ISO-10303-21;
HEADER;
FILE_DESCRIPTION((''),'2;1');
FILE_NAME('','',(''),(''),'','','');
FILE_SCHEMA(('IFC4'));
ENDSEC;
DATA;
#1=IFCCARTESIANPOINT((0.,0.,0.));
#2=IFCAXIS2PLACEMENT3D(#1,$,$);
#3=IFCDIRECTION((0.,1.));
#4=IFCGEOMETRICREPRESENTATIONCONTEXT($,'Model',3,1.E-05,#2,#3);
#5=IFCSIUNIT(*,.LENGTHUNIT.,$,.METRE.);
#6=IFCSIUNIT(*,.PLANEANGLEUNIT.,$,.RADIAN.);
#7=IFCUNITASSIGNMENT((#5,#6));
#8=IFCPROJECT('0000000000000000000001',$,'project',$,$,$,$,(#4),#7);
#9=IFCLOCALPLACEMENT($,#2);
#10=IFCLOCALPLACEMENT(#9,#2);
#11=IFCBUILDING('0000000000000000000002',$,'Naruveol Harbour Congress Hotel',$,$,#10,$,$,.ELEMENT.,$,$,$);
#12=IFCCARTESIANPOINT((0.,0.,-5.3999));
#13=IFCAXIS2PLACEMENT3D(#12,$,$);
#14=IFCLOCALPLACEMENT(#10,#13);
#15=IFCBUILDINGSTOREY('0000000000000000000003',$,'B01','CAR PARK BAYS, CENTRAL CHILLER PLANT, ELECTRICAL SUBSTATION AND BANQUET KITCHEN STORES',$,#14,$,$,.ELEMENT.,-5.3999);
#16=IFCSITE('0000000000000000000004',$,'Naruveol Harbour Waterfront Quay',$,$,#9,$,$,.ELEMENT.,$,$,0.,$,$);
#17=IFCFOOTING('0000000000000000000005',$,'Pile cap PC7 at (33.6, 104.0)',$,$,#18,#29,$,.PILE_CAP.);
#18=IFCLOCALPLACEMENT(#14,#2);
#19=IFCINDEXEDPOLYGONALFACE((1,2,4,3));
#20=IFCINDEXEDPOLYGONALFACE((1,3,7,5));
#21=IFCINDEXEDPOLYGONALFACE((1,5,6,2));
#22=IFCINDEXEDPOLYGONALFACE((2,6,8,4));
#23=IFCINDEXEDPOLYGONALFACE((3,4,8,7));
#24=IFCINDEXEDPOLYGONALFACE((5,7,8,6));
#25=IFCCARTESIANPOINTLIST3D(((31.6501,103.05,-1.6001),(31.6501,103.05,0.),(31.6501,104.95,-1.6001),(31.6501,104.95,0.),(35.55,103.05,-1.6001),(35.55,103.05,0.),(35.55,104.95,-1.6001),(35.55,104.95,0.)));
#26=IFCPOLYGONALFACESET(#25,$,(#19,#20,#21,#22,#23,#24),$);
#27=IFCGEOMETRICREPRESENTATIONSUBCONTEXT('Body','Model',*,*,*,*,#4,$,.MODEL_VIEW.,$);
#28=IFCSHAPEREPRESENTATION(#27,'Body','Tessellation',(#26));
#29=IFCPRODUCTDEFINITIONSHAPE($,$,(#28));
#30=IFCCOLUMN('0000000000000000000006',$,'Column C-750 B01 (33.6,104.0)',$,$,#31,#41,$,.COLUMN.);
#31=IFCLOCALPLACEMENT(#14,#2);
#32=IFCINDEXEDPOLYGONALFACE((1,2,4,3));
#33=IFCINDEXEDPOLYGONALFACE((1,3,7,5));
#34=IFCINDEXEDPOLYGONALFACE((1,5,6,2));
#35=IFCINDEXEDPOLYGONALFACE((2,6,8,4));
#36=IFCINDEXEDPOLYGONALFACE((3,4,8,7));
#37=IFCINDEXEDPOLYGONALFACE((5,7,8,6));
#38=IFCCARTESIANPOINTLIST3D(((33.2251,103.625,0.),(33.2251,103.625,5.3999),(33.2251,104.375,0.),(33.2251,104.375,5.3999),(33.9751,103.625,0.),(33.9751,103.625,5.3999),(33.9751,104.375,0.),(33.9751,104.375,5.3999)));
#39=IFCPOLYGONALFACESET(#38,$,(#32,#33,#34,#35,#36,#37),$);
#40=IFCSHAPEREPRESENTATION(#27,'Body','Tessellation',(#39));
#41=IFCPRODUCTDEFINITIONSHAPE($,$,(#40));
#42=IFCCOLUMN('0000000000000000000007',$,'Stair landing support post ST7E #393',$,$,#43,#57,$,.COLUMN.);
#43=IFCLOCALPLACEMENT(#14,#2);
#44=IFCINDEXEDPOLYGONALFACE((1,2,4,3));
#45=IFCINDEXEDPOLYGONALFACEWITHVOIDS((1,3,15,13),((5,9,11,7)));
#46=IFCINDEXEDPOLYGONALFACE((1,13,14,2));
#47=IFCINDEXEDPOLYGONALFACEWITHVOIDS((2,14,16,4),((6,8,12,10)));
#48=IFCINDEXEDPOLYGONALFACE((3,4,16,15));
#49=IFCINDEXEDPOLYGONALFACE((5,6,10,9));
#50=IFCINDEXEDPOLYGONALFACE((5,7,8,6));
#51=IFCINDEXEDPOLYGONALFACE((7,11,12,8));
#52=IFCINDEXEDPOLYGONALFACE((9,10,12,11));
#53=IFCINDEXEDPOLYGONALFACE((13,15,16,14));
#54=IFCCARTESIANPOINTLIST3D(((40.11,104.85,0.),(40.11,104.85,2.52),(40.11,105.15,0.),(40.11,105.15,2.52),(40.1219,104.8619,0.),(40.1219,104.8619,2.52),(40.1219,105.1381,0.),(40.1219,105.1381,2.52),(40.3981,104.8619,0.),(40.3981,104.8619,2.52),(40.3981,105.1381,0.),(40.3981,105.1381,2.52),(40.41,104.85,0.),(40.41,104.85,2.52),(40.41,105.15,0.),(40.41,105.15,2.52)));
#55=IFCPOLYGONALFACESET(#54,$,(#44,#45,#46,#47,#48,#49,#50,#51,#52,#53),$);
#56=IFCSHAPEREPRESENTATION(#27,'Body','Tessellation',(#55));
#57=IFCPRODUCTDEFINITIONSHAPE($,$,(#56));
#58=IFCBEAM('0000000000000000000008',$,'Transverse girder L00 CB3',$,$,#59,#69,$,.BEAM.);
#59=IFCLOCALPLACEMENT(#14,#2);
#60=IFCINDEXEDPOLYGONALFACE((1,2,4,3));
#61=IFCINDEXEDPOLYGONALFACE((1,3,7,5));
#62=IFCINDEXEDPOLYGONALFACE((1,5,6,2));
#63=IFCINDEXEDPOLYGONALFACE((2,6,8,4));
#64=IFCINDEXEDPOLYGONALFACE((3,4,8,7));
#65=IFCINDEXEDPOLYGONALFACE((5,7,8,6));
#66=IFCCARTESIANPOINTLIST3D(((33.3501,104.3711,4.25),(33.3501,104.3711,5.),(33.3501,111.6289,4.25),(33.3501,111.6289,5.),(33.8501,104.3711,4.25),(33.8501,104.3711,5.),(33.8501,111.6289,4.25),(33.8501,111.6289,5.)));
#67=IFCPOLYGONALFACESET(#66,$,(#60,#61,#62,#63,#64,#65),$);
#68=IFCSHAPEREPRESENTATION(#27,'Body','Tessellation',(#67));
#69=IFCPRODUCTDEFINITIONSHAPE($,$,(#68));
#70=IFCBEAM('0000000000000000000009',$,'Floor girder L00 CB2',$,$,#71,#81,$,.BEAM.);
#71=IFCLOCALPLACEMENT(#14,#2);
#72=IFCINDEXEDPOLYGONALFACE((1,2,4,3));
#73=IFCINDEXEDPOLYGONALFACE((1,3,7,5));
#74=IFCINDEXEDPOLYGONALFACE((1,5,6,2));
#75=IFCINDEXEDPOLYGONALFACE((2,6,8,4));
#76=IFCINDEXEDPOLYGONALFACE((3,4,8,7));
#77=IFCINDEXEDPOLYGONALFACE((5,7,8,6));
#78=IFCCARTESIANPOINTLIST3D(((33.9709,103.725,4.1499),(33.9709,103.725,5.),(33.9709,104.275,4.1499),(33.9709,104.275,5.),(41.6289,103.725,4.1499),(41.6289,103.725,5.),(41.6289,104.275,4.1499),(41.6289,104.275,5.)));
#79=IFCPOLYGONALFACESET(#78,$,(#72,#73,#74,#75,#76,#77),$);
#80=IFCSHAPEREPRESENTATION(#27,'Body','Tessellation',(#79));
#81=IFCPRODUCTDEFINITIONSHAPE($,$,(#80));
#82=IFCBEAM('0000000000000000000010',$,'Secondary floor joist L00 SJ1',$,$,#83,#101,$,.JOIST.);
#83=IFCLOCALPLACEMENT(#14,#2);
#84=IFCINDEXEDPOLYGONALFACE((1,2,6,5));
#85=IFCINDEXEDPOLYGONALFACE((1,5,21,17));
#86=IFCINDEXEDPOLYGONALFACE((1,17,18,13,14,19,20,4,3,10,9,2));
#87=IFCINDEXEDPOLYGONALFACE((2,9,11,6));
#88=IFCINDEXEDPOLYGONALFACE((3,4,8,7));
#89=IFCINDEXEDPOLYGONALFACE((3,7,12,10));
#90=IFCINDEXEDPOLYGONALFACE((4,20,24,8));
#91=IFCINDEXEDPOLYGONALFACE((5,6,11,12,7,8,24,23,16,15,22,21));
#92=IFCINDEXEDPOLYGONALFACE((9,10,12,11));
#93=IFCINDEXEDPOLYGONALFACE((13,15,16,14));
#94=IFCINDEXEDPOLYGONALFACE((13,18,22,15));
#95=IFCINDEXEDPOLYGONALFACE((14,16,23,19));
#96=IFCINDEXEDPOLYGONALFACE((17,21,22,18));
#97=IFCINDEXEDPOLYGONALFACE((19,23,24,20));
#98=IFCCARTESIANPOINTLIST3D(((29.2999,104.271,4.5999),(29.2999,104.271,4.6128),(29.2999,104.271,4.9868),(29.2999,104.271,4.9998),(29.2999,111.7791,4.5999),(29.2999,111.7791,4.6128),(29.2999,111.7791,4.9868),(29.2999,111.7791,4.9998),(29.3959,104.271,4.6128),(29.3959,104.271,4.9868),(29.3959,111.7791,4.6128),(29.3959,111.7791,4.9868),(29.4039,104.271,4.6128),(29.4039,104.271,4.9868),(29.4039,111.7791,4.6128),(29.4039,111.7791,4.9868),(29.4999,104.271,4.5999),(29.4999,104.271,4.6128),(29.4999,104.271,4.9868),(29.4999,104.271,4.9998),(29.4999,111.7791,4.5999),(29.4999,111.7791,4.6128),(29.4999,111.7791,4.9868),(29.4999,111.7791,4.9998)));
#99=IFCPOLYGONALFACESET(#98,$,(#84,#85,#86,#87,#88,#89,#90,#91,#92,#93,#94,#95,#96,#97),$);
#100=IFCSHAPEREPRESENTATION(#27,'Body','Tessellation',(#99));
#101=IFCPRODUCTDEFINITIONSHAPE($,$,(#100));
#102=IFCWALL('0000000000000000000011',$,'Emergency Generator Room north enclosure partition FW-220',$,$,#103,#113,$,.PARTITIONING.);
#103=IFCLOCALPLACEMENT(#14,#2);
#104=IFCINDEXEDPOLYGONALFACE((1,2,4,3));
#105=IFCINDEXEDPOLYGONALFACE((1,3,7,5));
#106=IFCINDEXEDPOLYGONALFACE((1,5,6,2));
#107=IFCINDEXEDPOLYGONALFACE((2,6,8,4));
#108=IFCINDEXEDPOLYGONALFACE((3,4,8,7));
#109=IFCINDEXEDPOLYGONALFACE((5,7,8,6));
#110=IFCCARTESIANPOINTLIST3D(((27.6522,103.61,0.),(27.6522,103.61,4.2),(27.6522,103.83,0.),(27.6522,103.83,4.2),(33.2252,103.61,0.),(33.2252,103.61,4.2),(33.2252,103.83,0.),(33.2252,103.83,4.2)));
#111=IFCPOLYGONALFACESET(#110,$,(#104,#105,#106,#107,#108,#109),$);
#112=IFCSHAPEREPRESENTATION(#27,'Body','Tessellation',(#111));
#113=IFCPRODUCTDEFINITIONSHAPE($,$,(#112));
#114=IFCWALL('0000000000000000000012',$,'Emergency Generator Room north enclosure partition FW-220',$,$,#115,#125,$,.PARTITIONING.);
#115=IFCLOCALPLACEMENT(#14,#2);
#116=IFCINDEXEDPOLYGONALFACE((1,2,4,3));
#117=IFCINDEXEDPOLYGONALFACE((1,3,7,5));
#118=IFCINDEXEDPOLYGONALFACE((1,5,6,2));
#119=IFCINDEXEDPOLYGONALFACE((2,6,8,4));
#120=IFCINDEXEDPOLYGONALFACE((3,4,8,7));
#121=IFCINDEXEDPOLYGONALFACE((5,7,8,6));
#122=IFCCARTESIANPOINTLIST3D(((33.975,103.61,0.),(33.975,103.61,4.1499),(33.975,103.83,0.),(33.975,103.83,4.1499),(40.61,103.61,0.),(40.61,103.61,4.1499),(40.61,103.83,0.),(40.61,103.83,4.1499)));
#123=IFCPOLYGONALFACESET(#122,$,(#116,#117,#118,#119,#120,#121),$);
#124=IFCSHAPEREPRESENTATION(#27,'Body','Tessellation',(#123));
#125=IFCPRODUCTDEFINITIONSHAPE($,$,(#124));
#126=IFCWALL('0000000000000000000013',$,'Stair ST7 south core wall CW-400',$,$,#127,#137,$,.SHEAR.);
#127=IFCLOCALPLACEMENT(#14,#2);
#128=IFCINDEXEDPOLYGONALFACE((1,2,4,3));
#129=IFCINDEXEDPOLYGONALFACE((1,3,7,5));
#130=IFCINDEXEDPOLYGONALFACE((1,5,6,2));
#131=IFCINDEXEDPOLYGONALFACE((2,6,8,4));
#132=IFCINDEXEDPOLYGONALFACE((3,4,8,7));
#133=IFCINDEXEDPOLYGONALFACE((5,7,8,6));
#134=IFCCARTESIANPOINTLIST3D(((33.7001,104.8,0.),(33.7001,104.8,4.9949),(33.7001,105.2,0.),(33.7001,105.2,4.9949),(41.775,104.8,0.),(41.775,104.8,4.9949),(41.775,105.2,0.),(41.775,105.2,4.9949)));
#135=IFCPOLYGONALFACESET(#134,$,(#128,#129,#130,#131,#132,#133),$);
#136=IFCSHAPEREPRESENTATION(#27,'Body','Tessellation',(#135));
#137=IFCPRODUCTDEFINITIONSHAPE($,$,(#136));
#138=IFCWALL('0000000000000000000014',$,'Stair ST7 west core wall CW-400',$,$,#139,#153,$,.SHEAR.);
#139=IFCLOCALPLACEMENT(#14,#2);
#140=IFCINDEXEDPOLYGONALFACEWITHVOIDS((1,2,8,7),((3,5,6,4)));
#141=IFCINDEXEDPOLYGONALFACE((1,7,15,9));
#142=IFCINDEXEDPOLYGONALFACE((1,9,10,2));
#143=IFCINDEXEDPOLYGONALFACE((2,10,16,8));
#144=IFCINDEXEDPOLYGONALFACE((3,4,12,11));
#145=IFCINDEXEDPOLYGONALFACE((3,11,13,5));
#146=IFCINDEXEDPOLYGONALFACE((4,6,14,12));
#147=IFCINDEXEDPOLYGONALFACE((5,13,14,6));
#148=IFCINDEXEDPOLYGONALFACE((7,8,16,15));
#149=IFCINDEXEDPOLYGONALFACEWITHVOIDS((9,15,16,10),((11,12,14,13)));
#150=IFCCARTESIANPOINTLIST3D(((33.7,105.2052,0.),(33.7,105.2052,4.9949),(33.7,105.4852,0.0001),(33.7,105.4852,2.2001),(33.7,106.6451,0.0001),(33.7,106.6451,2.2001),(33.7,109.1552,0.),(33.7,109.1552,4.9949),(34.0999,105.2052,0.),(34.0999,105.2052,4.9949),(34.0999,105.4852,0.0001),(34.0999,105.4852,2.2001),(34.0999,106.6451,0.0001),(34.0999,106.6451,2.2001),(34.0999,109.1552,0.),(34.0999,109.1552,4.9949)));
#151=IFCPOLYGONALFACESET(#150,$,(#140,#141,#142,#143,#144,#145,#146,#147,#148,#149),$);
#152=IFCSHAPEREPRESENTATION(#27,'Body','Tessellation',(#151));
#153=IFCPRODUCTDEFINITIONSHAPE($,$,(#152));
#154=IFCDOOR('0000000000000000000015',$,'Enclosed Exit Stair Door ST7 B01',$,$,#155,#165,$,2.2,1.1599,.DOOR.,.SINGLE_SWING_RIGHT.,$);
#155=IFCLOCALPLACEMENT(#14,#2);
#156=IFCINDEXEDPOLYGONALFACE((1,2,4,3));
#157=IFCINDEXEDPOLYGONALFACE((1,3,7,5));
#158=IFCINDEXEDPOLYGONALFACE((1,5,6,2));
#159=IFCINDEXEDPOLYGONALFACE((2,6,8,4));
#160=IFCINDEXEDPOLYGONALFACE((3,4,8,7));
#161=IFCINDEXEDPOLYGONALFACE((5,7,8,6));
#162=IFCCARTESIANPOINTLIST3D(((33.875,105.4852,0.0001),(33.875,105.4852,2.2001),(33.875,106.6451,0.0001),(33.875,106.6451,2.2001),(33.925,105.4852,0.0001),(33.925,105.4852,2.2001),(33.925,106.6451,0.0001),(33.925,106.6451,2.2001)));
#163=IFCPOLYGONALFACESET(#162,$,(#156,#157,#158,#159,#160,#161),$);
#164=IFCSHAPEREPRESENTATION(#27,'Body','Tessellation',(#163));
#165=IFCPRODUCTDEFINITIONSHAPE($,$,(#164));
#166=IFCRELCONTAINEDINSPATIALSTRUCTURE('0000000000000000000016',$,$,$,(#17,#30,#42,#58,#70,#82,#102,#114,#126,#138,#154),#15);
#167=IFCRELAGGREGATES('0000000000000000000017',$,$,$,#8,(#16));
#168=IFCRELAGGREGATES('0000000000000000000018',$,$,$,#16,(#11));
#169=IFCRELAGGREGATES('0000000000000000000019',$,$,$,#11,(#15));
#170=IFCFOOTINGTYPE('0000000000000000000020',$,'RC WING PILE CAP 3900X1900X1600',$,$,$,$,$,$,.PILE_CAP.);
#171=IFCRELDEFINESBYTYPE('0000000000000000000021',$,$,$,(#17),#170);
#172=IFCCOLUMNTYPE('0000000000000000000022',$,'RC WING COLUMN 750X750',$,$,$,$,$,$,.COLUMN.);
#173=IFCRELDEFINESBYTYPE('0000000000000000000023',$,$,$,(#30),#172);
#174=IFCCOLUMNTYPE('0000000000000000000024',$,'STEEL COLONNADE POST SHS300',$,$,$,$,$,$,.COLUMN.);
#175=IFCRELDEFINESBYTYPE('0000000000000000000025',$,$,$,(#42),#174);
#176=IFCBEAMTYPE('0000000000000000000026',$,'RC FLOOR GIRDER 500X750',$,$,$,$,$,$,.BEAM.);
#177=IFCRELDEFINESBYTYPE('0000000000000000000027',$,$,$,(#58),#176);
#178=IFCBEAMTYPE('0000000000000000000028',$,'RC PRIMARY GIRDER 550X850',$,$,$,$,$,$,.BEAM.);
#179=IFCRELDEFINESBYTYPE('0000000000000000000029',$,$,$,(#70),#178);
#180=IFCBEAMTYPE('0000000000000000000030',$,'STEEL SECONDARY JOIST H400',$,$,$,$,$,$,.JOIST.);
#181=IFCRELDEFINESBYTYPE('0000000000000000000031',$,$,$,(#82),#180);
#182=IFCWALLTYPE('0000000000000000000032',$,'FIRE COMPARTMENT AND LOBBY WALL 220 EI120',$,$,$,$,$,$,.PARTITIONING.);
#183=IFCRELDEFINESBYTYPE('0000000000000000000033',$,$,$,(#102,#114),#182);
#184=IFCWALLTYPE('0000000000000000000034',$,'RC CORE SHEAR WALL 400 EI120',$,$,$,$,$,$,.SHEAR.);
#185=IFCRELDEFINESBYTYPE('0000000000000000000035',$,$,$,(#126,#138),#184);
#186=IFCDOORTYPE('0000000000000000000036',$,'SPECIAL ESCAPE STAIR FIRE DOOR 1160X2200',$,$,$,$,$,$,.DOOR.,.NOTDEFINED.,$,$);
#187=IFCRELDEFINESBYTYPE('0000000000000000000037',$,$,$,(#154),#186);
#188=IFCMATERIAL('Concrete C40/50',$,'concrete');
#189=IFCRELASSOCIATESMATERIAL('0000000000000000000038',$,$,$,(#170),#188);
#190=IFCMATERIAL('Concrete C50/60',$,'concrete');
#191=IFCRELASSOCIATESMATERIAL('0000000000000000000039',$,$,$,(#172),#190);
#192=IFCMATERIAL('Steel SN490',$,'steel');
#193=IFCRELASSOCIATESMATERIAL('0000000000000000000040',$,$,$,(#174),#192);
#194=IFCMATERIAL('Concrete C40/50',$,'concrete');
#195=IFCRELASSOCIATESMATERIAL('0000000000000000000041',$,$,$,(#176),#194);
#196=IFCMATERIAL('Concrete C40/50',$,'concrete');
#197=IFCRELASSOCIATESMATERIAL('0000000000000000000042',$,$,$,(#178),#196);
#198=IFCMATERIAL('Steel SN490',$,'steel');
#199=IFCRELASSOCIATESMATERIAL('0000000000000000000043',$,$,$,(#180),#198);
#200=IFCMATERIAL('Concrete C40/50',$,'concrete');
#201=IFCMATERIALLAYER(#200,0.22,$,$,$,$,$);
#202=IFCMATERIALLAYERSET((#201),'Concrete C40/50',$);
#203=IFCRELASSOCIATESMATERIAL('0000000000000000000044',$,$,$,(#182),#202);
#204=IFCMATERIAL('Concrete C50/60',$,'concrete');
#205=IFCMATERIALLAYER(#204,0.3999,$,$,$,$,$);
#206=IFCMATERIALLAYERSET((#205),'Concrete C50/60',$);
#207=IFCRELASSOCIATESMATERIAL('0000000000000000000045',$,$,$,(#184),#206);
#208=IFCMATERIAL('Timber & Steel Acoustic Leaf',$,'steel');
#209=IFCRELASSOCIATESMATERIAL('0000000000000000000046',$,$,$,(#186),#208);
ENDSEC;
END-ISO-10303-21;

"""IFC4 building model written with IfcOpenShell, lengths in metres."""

from ifc_helpers import new_model, si_unit, direction, frame, frame_2d, origin, origin_2d, place, context, subcontext, project, spatial, rectangle, hollow_rectangle, i_section, extrude, material, layer, layer_set, material_profile, profile_set, type_object, element, fill, save


model = new_model("IFC4")

# Units and contexts
model_context = context("Model", 3, precision=1e-05, world=origin(), true_north=direction((0.0, 1.0)))
body_context = subcontext(model_context, "Body", "Model", "MODEL_VIEW")
ifc_project = project(units=[si_unit("LENGTHUNIT", "METRE"), si_unit("PLANEANGLEUNIT", "RADIAN")], contexts=[model_context])

# Site, building, storey
site_placement = place(None, origin())
site = spatial("IfcSite", under=ifc_project, at=site_placement, Name="Naruveol Harbour Waterfront Quay", CompositionType="ELEMENT", RefElevation=0.0)
building_placement = place(site_placement, origin())
building = spatial("IfcBuilding", under=site, at=building_placement, Name="Naruveol Harbour Congress Hotel", CompositionType="ELEMENT")
storey_placement = place(building_placement, frame((0.0, 0.0, -5.3999)))
storey = spatial("IfcBuildingStorey", under=building, at=storey_placement, Name="B01", Description="CAR PARK BAYS, CENTRAL CHILLER PLANT, ELECTRICAL SUBSTATION AND BANQUET KITCHEN STORES", CompositionType="ELEMENT", Elevation=-5.3999)

# Footing
ifc_material_1 = material(Name="Concrete C40/50", Category="concrete")
footing_type_1 = type_object("IfcFootingType", Name="RC WING PILE CAP 3900X1900X1600", PredefinedType="PILE_CAP", material=ifc_material_1)
footing_placement = place(storey_placement, frame((33.6001, 104.0, -1.6001), z_axis=(0.0, 0.0, 1.0), x_axis=(1.0, 0.0, 0.0)))
element("IfcFooting", 1, at=footing_placement, inside=storey, type_object=footing_type_1, Name="Pile cap PC7 at (33.6, 104.0)", PredefinedType="PILE_CAP", context=body_context, shape_type="SweptSolid", body=[
    extrude(rectangle(XDim=3.8999, YDim=1.8999, at=origin_2d()), origin(), (0.0, 0.0, 1.0), 1.6001),
])

# Columns
ifc_material_2 = material(Name="Concrete C50/60", Category="concrete")
ifc_material_profile_1 = material_profile(ifc_material_2, rectangle(XDim=0.75, YDim=0.75, at=origin_2d()), Name="RC-750x750")
ifc_profile_set_1 = profile_set([ifc_material_profile_1], Name="Concrete C50/60")
column_type_1 = type_object("IfcColumnType", Name="RC WING COLUMN 750X750", PredefinedType="COLUMN", material=ifc_profile_set_1)
column_1_placement = place(storey_placement, frame((33.6001, 104.0, 0.0), z_axis=(0.0, 0.0, 1.0), x_axis=(1.0, 0.0, 0.0)))
element("IfcColumn", 2, at=column_1_placement, inside=storey, type_object=column_type_1, Name="Column C-750 B01 (33.6,104.0)", PredefinedType="COLUMN", context=body_context, shape_type="SweptSolid", body=[
    extrude(rectangle(XDim=0.75, YDim=0.75, at=origin_2d()), origin(), (0.0, 0.0, 1.0), 5.3999),
])
ifc_material_3 = material(Name="Steel SN490", Category="steel")
ifc_material_profile_2 = material_profile(ifc_material_3, hollow_rectangle(XDim=0.3, YDim=0.3, WallThickness=0.012, at=origin_2d()), Name="SHS-300x300x12")
ifc_profile_set_2 = profile_set([ifc_material_profile_2], Name="Steel SN490")
column_type_2 = type_object("IfcColumnType", Name="STEEL COLONNADE POST SHS300", PredefinedType="COLUMN", material=ifc_profile_set_2)
column_2_placement = place(storey_placement, frame((40.26, 105.0, 0.0), z_axis=(0.0, 0.0, 1.0), x_axis=(1.0, 0.0, 0.0)))
element("IfcColumn", 3, at=column_2_placement, inside=storey, type_object=column_type_2, Name="Stair landing support post ST7E #393", PredefinedType="COLUMN", context=body_context, shape_type="SweptSolid", body=[
    extrude(hollow_rectangle(XDim=0.3, YDim=0.3, WallThickness=0.012, at=origin_2d()), origin(), (0.0, 0.0, 1.0), 2.52),
])

# Beams
ifc_material_4 = material(Name="Concrete C40/50", Category="concrete")
ifc_material_profile_3 = material_profile(ifc_material_4, rectangle(XDim=0.5, YDim=0.75, at=origin_2d()), Name="RCB-500x750")
ifc_profile_set_3 = profile_set([ifc_material_profile_3], Name="Concrete C40/50")
beam_type_1 = type_object("IfcBeamType", Name="RC FLOOR GIRDER 500X750", PredefinedType="BEAM", material=ifc_profile_set_3)
beam_1_placement = place(storey_placement, frame((33.6001, 104.3711, 4.625), z_axis=(0.0, 1.0, 0.0), x_axis=(-1.0, 0.0, 0.0)))
element("IfcBeam", 4, at=beam_1_placement, inside=storey, type_object=beam_type_1, Name="Transverse girder L00 CB3", PredefinedType="BEAM", context=body_context, shape_type="SweptSolid", body=[
    extrude(rectangle(XDim=0.5, YDim=0.75, at=origin_2d()), origin(), (0.0, 0.0, 1.0), 7.2578),
])
ifc_material_5 = material(Name="Concrete C40/50", Category="concrete")
ifc_material_profile_4 = material_profile(ifc_material_5, rectangle(XDim=0.55, YDim=0.8501, at=origin_2d()), Name="RCB-550x850")
ifc_profile_set_4 = profile_set([ifc_material_profile_4], Name="Concrete C40/50")
beam_type_2 = type_object("IfcBeamType", Name="RC PRIMARY GIRDER 550X850", PredefinedType="BEAM", material=ifc_profile_set_4)
beam_2_placement = place(storey_placement, frame((33.9709, 104.0, 4.575), z_axis=(1.0, 0.0, 0.0), x_axis=(0.0, 1.0, 0.0)))
element("IfcBeam", 5, at=beam_2_placement, inside=storey, type_object=beam_type_2, Name="Floor girder L00 CB2", PredefinedType="BEAM", context=body_context, shape_type="SweptSolid", body=[
    extrude(rectangle(XDim=0.55, YDim=0.8501, at=origin_2d()), origin(), (0.0, 0.0, 1.0), 7.658),
])
ifc_material_6 = material(Name="Steel SN490", Category="steel")
ifc_material_profile_5 = material_profile(ifc_material_6, i_section(OverallWidth=0.2, OverallDepth=0.3999, WebThickness=0.0081, FlangeThickness=0.0129, at=origin_2d()), Name="H-400x200x8x13")
ifc_profile_set_5 = profile_set([ifc_material_profile_5], Name="Steel SN490")
beam_type_3 = type_object("IfcBeamType", Name="STEEL SECONDARY JOIST H400", PredefinedType="JOIST", material=ifc_profile_set_5)
beam_3_placement = place(storey_placement, frame((29.3999, 104.271, 4.7998), z_axis=(0.0, 1.0, 0.0), x_axis=(-1.0, 0.0, 0.0)))
element("IfcBeam", 6, at=beam_3_placement, inside=storey, type_object=beam_type_3, Name="Secondary floor joist L00 SJ1", PredefinedType="JOIST", context=body_context, shape_type="SweptSolid", body=[
    extrude(i_section(OverallWidth=0.2, OverallDepth=0.3999, WebThickness=0.0081, FlangeThickness=0.0129, at=origin_2d()), origin(), (0.0, 0.0, 1.0), 7.5081),
])

# Walls
ifc_material_7 = material(Name="Concrete C40/50", Category="concrete")
ifc_layer_1 = layer(ifc_material_7, 0.22)
ifc_layer_set_1 = layer_set([ifc_layer_1], Name="Concrete C40/50")
wall_type_1 = type_object("IfcWallType", Name="FIRE COMPARTMENT AND LOBBY WALL 220 EI120", PredefinedType="PARTITIONING", material=ifc_layer_set_1)
wall_1_placement = place(storey_placement, frame((27.6521, 103.72, 0.0), z_axis=(0.0, 0.0, 1.0), x_axis=(1.0, 0.0, 0.0)))
element("IfcWall", 7, at=wall_1_placement, inside=storey, type_object=wall_type_1, Name="Emergency Generator Room north enclosure partition FW-220", PredefinedType="PARTITIONING", context=body_context, shape_type="SweptSolid", body=[
    extrude(rectangle(XDim=5.573, YDim=0.22, at=frame_2d((2.7866, 0.0))), origin(), (0.0, 0.0, 1.0), 4.2),
])
wall_2_placement = place(storey_placement, frame((33.9751, 103.72, 0.0), z_axis=(0.0, 0.0, 1.0), x_axis=(1.0, 0.0, 0.0)))
element("IfcWall", 8, at=wall_2_placement, inside=storey, type_object=wall_type_1, Name="Emergency Generator Room north enclosure partition FW-220", PredefinedType="PARTITIONING", context=body_context, shape_type="SweptSolid", body=[
    extrude(rectangle(XDim=6.635, YDim=0.22, at=frame_2d((3.3174, 0.0))), origin(), (0.0, 0.0, 1.0), 4.1499),
])
ifc_material_8 = material(Name="Concrete C50/60", Category="concrete")
ifc_layer_2 = layer(ifc_material_8, 0.3999)
ifc_layer_set_2 = layer_set([ifc_layer_2], Name="Concrete C50/60")
wall_type_2 = type_object("IfcWallType", Name="RC CORE SHEAR WALL 400 EI120", PredefinedType="SHEAR", material=ifc_layer_set_2)
wall_3_placement = place(storey_placement, frame((33.7, 105.0, 0.0), z_axis=(0.0, 0.0, 1.0), x_axis=(1.0, 0.0, 0.0)))
element("IfcWall", 9, at=wall_3_placement, inside=storey, type_object=wall_type_2, Name="Stair ST7 south core wall CW-400", PredefinedType="SHEAR", context=body_context, shape_type="SweptSolid", body=[
    extrude(rectangle(XDim=8.075, YDim=0.3999, at=frame_2d((4.0376, 0.0))), origin(), (0.0, 0.0, 1.0), 4.9949),
])

# Wall, opening, door
wall_4_placement = place(storey_placement, frame((33.8999, 105.2051, 0.0), z_axis=(0.0, 0.0, 1.0), x_axis=(0.0, 1.0, 0.0)))
wall_4 = element("IfcWall", 10, at=wall_4_placement, inside=storey, type_object=wall_type_2, Name="Stair ST7 west core wall CW-400", PredefinedType="SHEAR", context=body_context, shape_type="SweptSolid", body=[
    extrude(rectangle(XDim=3.95, YDim=0.3999, at=frame_2d((1.9751, 0.0))), origin(), (0.0, 0.0, 1.0), 4.9949),
])
opening_placement = place(wall_4_placement, frame((0.28, 0.0, 0.0)))
opening = element("IfcOpeningElement", 11, at=opening_placement, cuts=wall_4, PredefinedType="OPENING", context=body_context, shape_type="SweptSolid", body=[
    extrude(rectangle(XDim=1.1599, YDim=2.2, at=frame_2d((0.5801, 1.1001))), frame((0.0, 0.21, 0.0), z_axis=(0.0, -1.0, 0.0), x_axis=(1.0, 0.0, 0.0)), (0.0, 0.0, 1.0), 0.4199),
])
ifc_material_9 = material(Name="Timber & Steel Acoustic Leaf", Category="steel")
door_type = type_object("IfcDoorType", Name="SPECIAL ESCAPE STAIR FIRE DOOR 1160X2200", OperationType="NOTDEFINED", PredefinedType="DOOR", material=ifc_material_9)
door_placement = place(opening_placement, origin())
door = element("IfcDoor", 12, at=door_placement, inside=storey, type_object=door_type, Name="Enclosed Exit Stair Door ST7 B01", OperationType="SINGLE_SWING_RIGHT", OverallHeight=2.2, OverallWidth=1.1599, PredefinedType="DOOR", context=body_context, shape_type="SweptSolid", body=[
    extrude(rectangle(XDim=1.1599, YDim=2.2, at=frame_2d((0.5801, 1.1001))), frame((0.0, 0.0249, 0.0), z_axis=(0.0, -1.0, 0.0), x_axis=(1.0, 0.0, 0.0)), (0.0, 0.0, 1.0), 0.05),
])
fill(opening, door)

save(model, "model.ifc")
